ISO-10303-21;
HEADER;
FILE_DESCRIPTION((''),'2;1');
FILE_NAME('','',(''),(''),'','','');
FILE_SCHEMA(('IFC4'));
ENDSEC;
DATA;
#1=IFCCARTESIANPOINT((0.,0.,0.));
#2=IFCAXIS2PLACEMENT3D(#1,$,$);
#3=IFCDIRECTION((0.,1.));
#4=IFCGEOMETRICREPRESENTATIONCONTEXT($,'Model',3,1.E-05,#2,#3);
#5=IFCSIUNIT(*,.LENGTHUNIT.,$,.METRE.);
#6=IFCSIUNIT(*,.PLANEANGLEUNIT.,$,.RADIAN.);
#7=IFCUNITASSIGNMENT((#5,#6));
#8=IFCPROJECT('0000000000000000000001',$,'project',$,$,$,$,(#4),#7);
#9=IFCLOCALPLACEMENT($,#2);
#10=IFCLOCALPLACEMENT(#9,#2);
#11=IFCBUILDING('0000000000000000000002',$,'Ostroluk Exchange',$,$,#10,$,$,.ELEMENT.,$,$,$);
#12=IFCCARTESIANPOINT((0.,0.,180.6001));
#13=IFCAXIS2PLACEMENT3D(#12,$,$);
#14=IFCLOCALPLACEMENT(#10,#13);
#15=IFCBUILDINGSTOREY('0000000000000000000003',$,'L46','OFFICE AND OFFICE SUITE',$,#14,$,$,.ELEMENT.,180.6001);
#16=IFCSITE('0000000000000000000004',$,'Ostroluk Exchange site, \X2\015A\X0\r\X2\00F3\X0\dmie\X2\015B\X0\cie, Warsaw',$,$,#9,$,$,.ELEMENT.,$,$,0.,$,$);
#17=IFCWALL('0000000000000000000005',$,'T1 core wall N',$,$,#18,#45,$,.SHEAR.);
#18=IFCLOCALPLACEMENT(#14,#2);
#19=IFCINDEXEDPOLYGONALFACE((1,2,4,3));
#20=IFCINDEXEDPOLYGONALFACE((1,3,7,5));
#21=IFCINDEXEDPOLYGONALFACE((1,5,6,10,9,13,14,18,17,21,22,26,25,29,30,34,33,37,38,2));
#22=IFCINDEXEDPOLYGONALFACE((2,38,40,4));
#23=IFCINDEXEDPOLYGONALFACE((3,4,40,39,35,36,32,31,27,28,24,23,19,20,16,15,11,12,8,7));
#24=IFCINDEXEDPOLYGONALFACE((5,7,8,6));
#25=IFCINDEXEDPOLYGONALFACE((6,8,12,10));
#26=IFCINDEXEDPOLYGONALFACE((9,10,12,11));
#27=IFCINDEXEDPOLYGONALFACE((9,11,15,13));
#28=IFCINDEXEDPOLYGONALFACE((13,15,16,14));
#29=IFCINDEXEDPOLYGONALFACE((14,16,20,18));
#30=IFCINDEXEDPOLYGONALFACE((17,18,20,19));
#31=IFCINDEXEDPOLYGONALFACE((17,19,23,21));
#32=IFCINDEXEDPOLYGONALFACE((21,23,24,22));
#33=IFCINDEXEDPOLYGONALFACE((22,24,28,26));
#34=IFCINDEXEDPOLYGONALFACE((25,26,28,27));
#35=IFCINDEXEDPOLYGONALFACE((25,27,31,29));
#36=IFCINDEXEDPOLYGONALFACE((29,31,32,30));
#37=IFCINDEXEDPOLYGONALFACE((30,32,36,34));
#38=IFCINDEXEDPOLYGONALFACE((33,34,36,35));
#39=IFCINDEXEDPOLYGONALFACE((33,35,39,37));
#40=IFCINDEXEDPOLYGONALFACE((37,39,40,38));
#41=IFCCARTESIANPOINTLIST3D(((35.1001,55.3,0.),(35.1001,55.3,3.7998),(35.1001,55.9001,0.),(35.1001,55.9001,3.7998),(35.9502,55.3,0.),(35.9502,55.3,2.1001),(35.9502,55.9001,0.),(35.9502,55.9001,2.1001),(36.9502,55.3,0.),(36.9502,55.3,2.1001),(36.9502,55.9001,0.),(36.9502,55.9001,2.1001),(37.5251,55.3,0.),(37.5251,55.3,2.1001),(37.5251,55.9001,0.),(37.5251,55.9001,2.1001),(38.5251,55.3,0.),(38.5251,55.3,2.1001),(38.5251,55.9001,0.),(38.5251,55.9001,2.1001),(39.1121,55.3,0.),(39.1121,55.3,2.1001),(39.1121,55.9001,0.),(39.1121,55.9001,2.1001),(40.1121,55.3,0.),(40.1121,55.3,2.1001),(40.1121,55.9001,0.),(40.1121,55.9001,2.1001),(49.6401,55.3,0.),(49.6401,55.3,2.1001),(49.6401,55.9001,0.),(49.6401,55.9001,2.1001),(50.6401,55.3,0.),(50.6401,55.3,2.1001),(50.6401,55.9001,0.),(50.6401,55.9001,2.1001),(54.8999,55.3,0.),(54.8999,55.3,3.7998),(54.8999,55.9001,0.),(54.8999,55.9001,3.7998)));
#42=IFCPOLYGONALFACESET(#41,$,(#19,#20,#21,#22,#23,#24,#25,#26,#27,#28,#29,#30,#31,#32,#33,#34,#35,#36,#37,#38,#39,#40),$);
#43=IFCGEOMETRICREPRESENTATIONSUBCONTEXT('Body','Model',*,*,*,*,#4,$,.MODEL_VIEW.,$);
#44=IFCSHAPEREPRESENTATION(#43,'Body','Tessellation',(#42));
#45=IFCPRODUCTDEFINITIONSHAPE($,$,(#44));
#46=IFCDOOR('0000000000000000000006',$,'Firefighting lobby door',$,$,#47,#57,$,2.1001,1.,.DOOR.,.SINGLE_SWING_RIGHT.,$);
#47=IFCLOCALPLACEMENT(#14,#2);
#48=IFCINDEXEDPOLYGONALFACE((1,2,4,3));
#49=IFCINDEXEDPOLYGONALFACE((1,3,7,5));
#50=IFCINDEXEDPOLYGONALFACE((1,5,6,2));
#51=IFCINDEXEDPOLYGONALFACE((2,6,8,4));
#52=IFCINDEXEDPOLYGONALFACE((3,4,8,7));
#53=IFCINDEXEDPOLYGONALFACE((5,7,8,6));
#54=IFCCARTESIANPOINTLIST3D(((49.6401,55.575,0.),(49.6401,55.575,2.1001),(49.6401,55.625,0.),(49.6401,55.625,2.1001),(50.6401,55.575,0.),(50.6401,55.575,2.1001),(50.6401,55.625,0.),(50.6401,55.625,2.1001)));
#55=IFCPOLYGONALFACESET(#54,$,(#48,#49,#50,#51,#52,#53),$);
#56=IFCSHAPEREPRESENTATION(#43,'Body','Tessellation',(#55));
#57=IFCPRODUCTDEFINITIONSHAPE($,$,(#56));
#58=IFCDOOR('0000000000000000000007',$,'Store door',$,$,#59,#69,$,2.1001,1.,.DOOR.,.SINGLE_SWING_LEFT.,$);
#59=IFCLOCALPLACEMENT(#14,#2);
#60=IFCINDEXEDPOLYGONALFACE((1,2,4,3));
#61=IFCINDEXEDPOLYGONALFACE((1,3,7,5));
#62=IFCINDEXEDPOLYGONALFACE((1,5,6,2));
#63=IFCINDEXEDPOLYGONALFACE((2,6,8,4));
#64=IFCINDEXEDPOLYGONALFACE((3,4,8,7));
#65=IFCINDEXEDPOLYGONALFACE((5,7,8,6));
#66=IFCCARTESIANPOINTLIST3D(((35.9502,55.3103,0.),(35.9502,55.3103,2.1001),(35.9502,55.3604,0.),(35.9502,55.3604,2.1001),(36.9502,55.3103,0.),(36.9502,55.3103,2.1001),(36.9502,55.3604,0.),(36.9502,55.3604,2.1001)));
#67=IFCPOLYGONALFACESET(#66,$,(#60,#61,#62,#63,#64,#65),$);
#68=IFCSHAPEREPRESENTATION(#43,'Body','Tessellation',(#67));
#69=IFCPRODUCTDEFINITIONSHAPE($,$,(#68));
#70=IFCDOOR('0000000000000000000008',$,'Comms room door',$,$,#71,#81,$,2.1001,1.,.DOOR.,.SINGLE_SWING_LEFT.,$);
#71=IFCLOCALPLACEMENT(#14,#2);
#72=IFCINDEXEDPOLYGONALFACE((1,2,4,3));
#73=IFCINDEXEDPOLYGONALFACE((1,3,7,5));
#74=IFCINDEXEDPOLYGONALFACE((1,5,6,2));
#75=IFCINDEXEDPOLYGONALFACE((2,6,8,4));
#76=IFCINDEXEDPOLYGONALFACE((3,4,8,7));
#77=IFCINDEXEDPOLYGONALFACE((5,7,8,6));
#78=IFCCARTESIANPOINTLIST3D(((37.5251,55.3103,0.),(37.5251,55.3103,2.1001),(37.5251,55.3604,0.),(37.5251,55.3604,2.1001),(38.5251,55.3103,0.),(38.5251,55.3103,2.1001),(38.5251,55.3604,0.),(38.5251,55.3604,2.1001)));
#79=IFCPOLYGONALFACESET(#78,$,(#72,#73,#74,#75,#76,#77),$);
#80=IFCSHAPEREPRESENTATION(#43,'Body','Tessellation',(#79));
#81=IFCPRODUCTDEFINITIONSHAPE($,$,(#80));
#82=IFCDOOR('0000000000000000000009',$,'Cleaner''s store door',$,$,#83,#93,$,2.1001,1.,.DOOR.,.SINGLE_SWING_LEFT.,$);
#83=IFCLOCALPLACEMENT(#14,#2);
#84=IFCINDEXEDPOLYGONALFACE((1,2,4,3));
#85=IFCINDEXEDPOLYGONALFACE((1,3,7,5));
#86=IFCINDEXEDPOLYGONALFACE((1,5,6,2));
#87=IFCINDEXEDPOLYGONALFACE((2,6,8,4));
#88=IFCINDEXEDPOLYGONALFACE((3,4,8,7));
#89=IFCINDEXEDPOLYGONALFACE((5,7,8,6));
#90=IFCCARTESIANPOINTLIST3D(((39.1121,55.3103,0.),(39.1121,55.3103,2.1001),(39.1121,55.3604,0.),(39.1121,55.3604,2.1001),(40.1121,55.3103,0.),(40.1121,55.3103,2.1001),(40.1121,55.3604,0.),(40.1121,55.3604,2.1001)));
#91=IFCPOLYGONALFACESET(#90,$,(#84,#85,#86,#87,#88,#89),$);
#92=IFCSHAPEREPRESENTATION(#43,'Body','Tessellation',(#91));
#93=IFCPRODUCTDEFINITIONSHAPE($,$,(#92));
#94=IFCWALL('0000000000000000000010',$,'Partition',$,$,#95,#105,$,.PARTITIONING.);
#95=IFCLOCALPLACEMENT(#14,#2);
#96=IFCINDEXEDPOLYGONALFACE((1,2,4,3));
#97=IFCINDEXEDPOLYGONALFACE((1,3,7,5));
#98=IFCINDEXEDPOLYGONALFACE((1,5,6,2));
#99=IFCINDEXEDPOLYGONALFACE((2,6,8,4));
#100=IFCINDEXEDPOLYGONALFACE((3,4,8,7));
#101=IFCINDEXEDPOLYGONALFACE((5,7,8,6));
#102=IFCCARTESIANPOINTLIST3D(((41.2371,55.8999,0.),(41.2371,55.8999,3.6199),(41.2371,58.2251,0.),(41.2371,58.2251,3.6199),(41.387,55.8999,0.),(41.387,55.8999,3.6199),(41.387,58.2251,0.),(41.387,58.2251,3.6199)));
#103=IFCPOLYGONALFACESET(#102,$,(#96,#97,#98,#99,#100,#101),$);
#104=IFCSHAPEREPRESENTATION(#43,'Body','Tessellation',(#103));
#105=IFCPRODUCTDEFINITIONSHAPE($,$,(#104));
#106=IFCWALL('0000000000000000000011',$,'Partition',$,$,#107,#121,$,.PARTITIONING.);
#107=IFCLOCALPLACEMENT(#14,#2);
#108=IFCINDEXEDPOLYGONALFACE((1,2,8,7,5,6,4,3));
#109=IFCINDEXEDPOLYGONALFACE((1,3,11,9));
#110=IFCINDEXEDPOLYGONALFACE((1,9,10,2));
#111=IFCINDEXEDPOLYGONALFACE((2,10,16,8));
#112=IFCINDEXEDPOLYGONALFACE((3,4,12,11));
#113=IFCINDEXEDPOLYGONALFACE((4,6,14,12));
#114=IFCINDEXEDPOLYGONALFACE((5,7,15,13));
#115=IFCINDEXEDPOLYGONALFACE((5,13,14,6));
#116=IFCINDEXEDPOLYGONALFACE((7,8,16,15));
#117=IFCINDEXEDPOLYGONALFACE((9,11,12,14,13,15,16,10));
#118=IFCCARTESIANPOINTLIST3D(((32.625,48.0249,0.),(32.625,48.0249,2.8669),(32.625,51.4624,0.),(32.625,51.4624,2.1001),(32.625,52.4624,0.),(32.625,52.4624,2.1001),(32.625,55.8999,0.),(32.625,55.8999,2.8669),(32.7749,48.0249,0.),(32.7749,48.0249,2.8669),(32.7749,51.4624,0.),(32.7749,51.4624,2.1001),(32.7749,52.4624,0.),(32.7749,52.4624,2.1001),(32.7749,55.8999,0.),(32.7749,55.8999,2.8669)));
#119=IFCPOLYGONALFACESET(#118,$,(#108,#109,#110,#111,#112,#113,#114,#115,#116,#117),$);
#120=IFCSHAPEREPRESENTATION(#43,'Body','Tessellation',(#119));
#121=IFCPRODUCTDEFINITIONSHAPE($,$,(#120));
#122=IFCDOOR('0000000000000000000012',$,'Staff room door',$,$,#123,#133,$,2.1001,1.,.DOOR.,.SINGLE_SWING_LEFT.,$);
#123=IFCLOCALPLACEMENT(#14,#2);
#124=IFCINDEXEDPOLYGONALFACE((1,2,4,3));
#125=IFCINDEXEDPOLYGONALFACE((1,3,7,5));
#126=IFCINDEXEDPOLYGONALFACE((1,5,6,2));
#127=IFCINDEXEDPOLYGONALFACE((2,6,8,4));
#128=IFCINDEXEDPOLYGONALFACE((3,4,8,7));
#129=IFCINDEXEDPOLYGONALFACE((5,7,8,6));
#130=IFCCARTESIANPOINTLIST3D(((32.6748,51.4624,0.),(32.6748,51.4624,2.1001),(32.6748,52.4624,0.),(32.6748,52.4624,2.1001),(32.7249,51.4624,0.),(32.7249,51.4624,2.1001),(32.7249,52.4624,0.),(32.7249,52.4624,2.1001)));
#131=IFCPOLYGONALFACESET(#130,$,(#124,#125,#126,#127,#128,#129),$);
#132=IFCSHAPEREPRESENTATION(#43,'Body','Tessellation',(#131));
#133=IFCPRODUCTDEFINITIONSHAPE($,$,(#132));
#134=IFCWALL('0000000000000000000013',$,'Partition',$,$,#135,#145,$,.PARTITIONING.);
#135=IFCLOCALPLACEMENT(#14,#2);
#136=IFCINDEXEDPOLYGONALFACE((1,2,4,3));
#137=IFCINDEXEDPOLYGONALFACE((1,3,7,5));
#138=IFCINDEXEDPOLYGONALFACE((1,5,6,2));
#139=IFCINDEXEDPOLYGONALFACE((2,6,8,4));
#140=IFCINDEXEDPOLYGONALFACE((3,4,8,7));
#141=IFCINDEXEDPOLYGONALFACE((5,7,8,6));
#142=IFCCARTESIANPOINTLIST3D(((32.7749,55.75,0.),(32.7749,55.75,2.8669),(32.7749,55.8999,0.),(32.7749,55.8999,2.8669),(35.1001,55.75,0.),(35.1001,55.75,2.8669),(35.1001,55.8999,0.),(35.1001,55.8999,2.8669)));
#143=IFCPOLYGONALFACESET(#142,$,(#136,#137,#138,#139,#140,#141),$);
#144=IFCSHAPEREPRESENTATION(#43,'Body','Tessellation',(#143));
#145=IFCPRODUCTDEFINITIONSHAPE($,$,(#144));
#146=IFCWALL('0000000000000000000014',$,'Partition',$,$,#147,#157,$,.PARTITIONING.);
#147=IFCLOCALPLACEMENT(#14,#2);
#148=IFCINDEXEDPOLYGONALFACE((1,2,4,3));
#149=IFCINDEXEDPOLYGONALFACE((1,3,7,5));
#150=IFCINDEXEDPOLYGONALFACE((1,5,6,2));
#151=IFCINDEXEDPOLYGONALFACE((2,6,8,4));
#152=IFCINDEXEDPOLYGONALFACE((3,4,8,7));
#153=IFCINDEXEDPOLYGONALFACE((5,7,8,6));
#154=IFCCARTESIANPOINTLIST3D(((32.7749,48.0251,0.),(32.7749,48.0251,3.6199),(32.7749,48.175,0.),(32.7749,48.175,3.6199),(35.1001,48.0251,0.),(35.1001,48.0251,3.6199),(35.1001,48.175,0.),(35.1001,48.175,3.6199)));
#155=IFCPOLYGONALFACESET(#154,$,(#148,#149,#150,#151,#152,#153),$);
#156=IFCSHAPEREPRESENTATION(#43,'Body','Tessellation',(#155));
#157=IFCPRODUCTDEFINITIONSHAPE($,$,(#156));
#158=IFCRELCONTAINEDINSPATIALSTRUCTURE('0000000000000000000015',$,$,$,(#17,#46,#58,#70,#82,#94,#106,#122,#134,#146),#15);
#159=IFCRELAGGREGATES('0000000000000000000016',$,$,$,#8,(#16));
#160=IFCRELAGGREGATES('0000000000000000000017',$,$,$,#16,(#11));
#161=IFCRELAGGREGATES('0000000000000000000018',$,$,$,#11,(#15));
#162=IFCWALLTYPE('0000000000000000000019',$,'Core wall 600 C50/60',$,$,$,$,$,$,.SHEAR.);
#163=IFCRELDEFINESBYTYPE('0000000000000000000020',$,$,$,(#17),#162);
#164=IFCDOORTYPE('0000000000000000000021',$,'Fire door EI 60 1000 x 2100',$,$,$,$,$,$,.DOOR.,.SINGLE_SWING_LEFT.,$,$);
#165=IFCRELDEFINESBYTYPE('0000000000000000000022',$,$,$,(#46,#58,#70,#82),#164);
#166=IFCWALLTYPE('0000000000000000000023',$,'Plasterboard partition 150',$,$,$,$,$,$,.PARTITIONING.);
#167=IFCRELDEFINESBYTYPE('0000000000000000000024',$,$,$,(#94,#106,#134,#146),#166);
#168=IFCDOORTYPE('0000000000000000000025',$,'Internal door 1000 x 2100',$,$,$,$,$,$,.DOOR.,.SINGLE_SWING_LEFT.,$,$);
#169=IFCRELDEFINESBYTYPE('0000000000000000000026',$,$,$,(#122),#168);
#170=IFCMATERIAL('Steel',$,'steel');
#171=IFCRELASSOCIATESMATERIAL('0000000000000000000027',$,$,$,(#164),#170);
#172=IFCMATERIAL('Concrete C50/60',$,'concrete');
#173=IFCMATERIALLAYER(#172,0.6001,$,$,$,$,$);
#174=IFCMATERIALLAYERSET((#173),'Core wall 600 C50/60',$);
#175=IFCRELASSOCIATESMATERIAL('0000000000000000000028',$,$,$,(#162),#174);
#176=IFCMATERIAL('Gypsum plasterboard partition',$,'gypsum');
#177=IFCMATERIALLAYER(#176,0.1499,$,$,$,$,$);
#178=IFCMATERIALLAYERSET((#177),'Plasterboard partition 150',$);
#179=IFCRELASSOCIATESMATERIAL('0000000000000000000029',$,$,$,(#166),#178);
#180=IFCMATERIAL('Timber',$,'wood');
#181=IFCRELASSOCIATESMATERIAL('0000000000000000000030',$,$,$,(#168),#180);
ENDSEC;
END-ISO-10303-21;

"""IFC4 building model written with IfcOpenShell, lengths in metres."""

from ifc_helpers import new_model, si_unit, direction, frame, frame_2d, origin, place, context, subcontext, project, spatial, rectangle, extrude, material, layer, layer_set, type_object, element, fill, save


model = new_model("IFC4")

# Units and contexts
model_context = context("Model", 3, precision=1e-05, world=origin(), true_north=direction((0.0, 1.0)))
body_context = subcontext(model_context, "Body", "Model", "MODEL_VIEW")
ifc_project = project(units=[si_unit("LENGTHUNIT", "METRE"), si_unit("PLANEANGLEUNIT", "RADIAN")], contexts=[model_context])

# Site, building, storey
site_placement = place(None, origin())
site = spatial("IfcSite", under=ifc_project, at=site_placement, Name="Ostroluk Exchange site, Śródmieście, Warsaw", CompositionType="ELEMENT", RefElevation=0.0)
building_placement = place(site_placement, origin())
building = spatial("IfcBuilding", under=site, at=building_placement, Name="Ostroluk Exchange", CompositionType="ELEMENT")
storey_placement = place(building_placement, frame((0.0, 0.0, 180.6001)))
storey = spatial("IfcBuildingStorey", under=building, at=storey_placement, Name="L46", Description="OFFICE AND OFFICE SUITE", CompositionType="ELEMENT", Elevation=180.6001)

# Wall, openings, doors
ifc_material_1 = material(Name="Steel", Category="steel")
door_type_1 = type_object("IfcDoorType", Name="Fire door EI 60 1000 x 2100", OperationType="SINGLE_SWING_LEFT", PredefinedType="DOOR", material=ifc_material_1)
ifc_material_2 = material(Name="Concrete C50/60", Category="concrete")
ifc_layer_1 = layer(ifc_material_2, 0.6001)
ifc_layer_set_1 = layer_set([ifc_layer_1], Name="Core wall 600 C50/60")
wall_type_1 = type_object("IfcWallType", Name="Core wall 600 C50/60", PredefinedType="SHEAR", material=ifc_layer_set_1)
wall_1_placement = place(storey_placement, frame((35.1001, 55.6001, 0.0), z_axis=(0.0, 0.0, 1.0), x_axis=(1.0, 0.0, 0.0)))
wall_1 = element("IfcWall", 1, at=wall_1_placement, inside=storey, type_object=wall_type_1, Name="T1 core wall N", PredefinedType="SHEAR", context=body_context, shape_type="SweptSolid", body=[
    extrude(rectangle(XDim=19.7998, YDim=0.6001, at=frame_2d((9.8999, 0.0))), origin(), (0.0, 0.0, 1.0), 3.7998),
])
opening_1_placement = place(wall_1_placement, frame((14.54, 0.0, 0.0)))
opening_1 = element("IfcOpeningElement", 2, at=opening_1_placement, cuts=wall_1, PredefinedType="OPENING", context=body_context, shape_type="SweptSolid", body=[
    extrude(rectangle(XDim=1.0, YDim=2.1001, at=frame_2d((0.5, 1.05))), frame((0.0, 0.3101, 0.0), z_axis=(0.0, -1.0, 0.0), x_axis=(1.0, 0.0, 0.0)), (0.0, 0.0, 1.0), 0.6201),
])
opening_2_placement = place(wall_1_placement, frame((0.8501, 0.0, 0.0)))
opening_2 = element("IfcOpeningElement", 3, at=opening_2_placement, cuts=wall_1, PredefinedType="OPENING", context=body_context, shape_type="SweptSolid", body=[
    extrude(rectangle(XDim=1.0, YDim=2.1001, at=frame_2d((0.5, 1.05))), frame((0.0, 0.3101, 0.0), z_axis=(0.0, -1.0, 0.0), x_axis=(1.0, 0.0, 0.0)), (0.0, 0.0, 1.0), 0.6201),
])
opening_3_placement = place(wall_1_placement, frame((2.425, 0.0, 0.0)))
opening_3 = element("IfcOpeningElement", 4, at=opening_3_placement, cuts=wall_1, PredefinedType="OPENING", context=body_context, shape_type="SweptSolid", body=[
    extrude(rectangle(XDim=1.0, YDim=2.1001, at=frame_2d((0.5, 1.05))), frame((0.0, 0.3101, 0.0), z_axis=(0.0, -1.0, 0.0), x_axis=(1.0, 0.0, 0.0)), (0.0, 0.0, 1.0), 0.6201),
])
opening_4_placement = place(wall_1_placement, frame((4.012, 0.0, 0.0)))
opening_4 = element("IfcOpeningElement", 5, at=opening_4_placement, cuts=wall_1, PredefinedType="OPENING", context=body_context, shape_type="SweptSolid", body=[
    extrude(rectangle(XDim=1.0, YDim=2.1001, at=frame_2d((0.5, 1.05))), frame((0.0, 0.3101, 0.0), z_axis=(0.0, -1.0, 0.0), x_axis=(1.0, 0.0, 0.0)), (0.0, 0.0, 1.0), 0.6201),
])
door_1_placement = place(opening_1_placement, origin())
door_1 = element("IfcDoor", 6, at=door_1_placement, inside=storey, type_object=door_type_1, Name="Firefighting lobby door", OperationType="SINGLE_SWING_RIGHT", OverallHeight=2.1001, OverallWidth=1.0, PredefinedType="DOOR", context=body_context, shape_type="SweptSolid", body=[
    extrude(rectangle(XDim=1.0, YDim=2.1001, at=frame_2d((0.5, 1.05))), frame((0.0, 0.0249, 0.0), z_axis=(0.0, -1.0, 0.0), x_axis=(1.0, 0.0, 0.0)), (0.0, 0.0, 1.0), 0.05),
])
fill(opening_1, door_1)
door_2_placement = place(opening_2_placement, origin())
door_2 = element("IfcDoor", 7, at=door_2_placement, inside=storey, type_object=door_type_1, Name="Store door", OperationType="SINGLE_SWING_LEFT", OverallHeight=2.1001, OverallWidth=1.0, PredefinedType="DOOR", context=body_context, shape_type="SweptSolid", body=[
    extrude(rectangle(XDim=1.0, YDim=2.1001, at=frame_2d((0.5, 1.05))), frame((0.0, -0.2397, 0.0), z_axis=(0.0, -1.0, 0.0), x_axis=(1.0, 0.0, 0.0)), (0.0, 0.0, 1.0), 0.05),
])
fill(opening_2, door_2)
door_3_placement = place(opening_3_placement, origin())
door_3 = element("IfcDoor", 8, at=door_3_placement, inside=storey, type_object=door_type_1, Name="Comms room door", OperationType="SINGLE_SWING_LEFT", OverallHeight=2.1001, OverallWidth=1.0, PredefinedType="DOOR", context=body_context, shape_type="SweptSolid", body=[
    extrude(rectangle(XDim=1.0, YDim=2.1001, at=frame_2d((0.5, 1.05))), frame((0.0, -0.2397, 0.0), z_axis=(0.0, -1.0, 0.0), x_axis=(1.0, 0.0, 0.0)), (0.0, 0.0, 1.0), 0.05),
])
fill(opening_3, door_3)
door_4_placement = place(opening_4_placement, origin())
door_4 = element("IfcDoor", 9, at=door_4_placement, inside=storey, type_object=door_type_1, Name="Cleaner's store door", OperationType="SINGLE_SWING_LEFT", OverallHeight=2.1001, OverallWidth=1.0, PredefinedType="DOOR", context=body_context, shape_type="SweptSolid", body=[
    extrude(rectangle(XDim=1.0, YDim=2.1001, at=frame_2d((0.5, 1.05))), frame((0.0, -0.2397, 0.0), z_axis=(0.0, -1.0, 0.0), x_axis=(1.0, 0.0, 0.0)), (0.0, 0.0, 1.0), 0.05),
])
fill(opening_4, door_4)

# Wall
ifc_material_3 = material(Name="Gypsum plasterboard partition", Category="gypsum")
ifc_layer_2 = layer(ifc_material_3, 0.1499)
ifc_layer_set_2 = layer_set([ifc_layer_2], Name="Plasterboard partition 150")
wall_type_2 = type_object("IfcWallType", Name="Plasterboard partition 150", PredefinedType="PARTITIONING", material=ifc_layer_set_2)
wall_2_placement = place(storey_placement, frame((41.312, 55.8999, 0.0), z_axis=(0.0, 0.0, 1.0), x_axis=(0.0, 1.0, 0.0)))
element("IfcWall", 10, at=wall_2_placement, inside=storey, type_object=wall_type_2, Name="Partition", PredefinedType="PARTITIONING", context=body_context, shape_type="SweptSolid", body=[
    extrude(rectangle(XDim=2.3252, YDim=0.1499, at=frame_2d((1.1626, 0.0))), origin(), (0.0, 0.0, 1.0), 3.6199),
])

# Wall, opening, door
wall_3_placement = place(storey_placement, frame((32.7, 55.8999, 0.0), z_axis=(0.0, 0.0, 1.0), x_axis=(0.0, -1.0, 0.0)))
wall_3 = element("IfcWall", 11, at=wall_3_placement, inside=storey, type_object=wall_type_2, Name="Partition", PredefinedType="PARTITIONING", context=body_context, shape_type="SweptSolid", body=[
    extrude(rectangle(XDim=7.875, YDim=0.1499, at=frame_2d((3.9375, 0.0))), origin(), (0.0, 0.0, 1.0), 2.8669),
])
opening_5_placement = place(wall_3_placement, frame((3.4375, 0.0, 0.0)))
opening_5 = element("IfcOpeningElement", 12, at=opening_5_placement, cuts=wall_3, PredefinedType="OPENING", context=body_context, shape_type="SweptSolid", body=[
    extrude(rectangle(XDim=1.0, YDim=2.1001, at=frame_2d((0.5, 1.05))), frame((0.0, 0.085, 0.0), z_axis=(0.0, -1.0, 0.0), x_axis=(1.0, 0.0, 0.0)), (0.0, 0.0, 1.0), 0.1699),
])
ifc_material_4 = material(Name="Timber", Category="wood")
door_type_2 = type_object("IfcDoorType", Name="Internal door 1000 x 2100", OperationType="SINGLE_SWING_LEFT", PredefinedType="DOOR", material=ifc_material_4)
door_5_placement = place(opening_5_placement, origin())
door_5 = element("IfcDoor", 13, at=door_5_placement, inside=storey, type_object=door_type_2, Name="Staff room door", OperationType="SINGLE_SWING_LEFT", OverallHeight=2.1001, OverallWidth=1.0, PredefinedType="DOOR", context=body_context, shape_type="SweptSolid", body=[
    extrude(rectangle(XDim=1.0, YDim=2.1001, at=frame_2d((0.5, 1.05))), frame((0.0, 0.0249, 0.0), z_axis=(0.0, -1.0, 0.0), x_axis=(1.0, 0.0, 0.0)), (0.0, 0.0, 1.0), 0.05),
])
fill(opening_5, door_5)

# Walls
wall_4_placement = place(storey_placement, frame((35.1001, 55.825, 0.0), z_axis=(0.0, 0.0, 1.0), x_axis=(-1.0, 0.0, 0.0)))
element("IfcWall", 14, at=wall_4_placement, inside=storey, type_object=wall_type_2, Name="Partition", PredefinedType="PARTITIONING", context=body_context, shape_type="SweptSolid", body=[
    extrude(rectangle(XDim=2.3252, YDim=0.1499, at=frame_2d((1.1626, 0.0))), origin(), (0.0, 0.0, 1.0), 2.8669),
])
wall_5_placement = place(storey_placement, frame((35.1001, 48.1001, 0.0), z_axis=(0.0, 0.0, 1.0), x_axis=(-1.0, 0.0, 0.0)))
element("IfcWall", 15, at=wall_5_placement, inside=storey, type_object=wall_type_2, Name="Partition", PredefinedType="PARTITIONING", context=body_context, shape_type="SweptSolid", body=[
    extrude(rectangle(XDim=2.3252, YDim=0.1499, at=frame_2d((1.1626, 0.0))), origin(), (0.0, 0.0, 1.0), 3.6199),
])

save(model, "model.ifc")
